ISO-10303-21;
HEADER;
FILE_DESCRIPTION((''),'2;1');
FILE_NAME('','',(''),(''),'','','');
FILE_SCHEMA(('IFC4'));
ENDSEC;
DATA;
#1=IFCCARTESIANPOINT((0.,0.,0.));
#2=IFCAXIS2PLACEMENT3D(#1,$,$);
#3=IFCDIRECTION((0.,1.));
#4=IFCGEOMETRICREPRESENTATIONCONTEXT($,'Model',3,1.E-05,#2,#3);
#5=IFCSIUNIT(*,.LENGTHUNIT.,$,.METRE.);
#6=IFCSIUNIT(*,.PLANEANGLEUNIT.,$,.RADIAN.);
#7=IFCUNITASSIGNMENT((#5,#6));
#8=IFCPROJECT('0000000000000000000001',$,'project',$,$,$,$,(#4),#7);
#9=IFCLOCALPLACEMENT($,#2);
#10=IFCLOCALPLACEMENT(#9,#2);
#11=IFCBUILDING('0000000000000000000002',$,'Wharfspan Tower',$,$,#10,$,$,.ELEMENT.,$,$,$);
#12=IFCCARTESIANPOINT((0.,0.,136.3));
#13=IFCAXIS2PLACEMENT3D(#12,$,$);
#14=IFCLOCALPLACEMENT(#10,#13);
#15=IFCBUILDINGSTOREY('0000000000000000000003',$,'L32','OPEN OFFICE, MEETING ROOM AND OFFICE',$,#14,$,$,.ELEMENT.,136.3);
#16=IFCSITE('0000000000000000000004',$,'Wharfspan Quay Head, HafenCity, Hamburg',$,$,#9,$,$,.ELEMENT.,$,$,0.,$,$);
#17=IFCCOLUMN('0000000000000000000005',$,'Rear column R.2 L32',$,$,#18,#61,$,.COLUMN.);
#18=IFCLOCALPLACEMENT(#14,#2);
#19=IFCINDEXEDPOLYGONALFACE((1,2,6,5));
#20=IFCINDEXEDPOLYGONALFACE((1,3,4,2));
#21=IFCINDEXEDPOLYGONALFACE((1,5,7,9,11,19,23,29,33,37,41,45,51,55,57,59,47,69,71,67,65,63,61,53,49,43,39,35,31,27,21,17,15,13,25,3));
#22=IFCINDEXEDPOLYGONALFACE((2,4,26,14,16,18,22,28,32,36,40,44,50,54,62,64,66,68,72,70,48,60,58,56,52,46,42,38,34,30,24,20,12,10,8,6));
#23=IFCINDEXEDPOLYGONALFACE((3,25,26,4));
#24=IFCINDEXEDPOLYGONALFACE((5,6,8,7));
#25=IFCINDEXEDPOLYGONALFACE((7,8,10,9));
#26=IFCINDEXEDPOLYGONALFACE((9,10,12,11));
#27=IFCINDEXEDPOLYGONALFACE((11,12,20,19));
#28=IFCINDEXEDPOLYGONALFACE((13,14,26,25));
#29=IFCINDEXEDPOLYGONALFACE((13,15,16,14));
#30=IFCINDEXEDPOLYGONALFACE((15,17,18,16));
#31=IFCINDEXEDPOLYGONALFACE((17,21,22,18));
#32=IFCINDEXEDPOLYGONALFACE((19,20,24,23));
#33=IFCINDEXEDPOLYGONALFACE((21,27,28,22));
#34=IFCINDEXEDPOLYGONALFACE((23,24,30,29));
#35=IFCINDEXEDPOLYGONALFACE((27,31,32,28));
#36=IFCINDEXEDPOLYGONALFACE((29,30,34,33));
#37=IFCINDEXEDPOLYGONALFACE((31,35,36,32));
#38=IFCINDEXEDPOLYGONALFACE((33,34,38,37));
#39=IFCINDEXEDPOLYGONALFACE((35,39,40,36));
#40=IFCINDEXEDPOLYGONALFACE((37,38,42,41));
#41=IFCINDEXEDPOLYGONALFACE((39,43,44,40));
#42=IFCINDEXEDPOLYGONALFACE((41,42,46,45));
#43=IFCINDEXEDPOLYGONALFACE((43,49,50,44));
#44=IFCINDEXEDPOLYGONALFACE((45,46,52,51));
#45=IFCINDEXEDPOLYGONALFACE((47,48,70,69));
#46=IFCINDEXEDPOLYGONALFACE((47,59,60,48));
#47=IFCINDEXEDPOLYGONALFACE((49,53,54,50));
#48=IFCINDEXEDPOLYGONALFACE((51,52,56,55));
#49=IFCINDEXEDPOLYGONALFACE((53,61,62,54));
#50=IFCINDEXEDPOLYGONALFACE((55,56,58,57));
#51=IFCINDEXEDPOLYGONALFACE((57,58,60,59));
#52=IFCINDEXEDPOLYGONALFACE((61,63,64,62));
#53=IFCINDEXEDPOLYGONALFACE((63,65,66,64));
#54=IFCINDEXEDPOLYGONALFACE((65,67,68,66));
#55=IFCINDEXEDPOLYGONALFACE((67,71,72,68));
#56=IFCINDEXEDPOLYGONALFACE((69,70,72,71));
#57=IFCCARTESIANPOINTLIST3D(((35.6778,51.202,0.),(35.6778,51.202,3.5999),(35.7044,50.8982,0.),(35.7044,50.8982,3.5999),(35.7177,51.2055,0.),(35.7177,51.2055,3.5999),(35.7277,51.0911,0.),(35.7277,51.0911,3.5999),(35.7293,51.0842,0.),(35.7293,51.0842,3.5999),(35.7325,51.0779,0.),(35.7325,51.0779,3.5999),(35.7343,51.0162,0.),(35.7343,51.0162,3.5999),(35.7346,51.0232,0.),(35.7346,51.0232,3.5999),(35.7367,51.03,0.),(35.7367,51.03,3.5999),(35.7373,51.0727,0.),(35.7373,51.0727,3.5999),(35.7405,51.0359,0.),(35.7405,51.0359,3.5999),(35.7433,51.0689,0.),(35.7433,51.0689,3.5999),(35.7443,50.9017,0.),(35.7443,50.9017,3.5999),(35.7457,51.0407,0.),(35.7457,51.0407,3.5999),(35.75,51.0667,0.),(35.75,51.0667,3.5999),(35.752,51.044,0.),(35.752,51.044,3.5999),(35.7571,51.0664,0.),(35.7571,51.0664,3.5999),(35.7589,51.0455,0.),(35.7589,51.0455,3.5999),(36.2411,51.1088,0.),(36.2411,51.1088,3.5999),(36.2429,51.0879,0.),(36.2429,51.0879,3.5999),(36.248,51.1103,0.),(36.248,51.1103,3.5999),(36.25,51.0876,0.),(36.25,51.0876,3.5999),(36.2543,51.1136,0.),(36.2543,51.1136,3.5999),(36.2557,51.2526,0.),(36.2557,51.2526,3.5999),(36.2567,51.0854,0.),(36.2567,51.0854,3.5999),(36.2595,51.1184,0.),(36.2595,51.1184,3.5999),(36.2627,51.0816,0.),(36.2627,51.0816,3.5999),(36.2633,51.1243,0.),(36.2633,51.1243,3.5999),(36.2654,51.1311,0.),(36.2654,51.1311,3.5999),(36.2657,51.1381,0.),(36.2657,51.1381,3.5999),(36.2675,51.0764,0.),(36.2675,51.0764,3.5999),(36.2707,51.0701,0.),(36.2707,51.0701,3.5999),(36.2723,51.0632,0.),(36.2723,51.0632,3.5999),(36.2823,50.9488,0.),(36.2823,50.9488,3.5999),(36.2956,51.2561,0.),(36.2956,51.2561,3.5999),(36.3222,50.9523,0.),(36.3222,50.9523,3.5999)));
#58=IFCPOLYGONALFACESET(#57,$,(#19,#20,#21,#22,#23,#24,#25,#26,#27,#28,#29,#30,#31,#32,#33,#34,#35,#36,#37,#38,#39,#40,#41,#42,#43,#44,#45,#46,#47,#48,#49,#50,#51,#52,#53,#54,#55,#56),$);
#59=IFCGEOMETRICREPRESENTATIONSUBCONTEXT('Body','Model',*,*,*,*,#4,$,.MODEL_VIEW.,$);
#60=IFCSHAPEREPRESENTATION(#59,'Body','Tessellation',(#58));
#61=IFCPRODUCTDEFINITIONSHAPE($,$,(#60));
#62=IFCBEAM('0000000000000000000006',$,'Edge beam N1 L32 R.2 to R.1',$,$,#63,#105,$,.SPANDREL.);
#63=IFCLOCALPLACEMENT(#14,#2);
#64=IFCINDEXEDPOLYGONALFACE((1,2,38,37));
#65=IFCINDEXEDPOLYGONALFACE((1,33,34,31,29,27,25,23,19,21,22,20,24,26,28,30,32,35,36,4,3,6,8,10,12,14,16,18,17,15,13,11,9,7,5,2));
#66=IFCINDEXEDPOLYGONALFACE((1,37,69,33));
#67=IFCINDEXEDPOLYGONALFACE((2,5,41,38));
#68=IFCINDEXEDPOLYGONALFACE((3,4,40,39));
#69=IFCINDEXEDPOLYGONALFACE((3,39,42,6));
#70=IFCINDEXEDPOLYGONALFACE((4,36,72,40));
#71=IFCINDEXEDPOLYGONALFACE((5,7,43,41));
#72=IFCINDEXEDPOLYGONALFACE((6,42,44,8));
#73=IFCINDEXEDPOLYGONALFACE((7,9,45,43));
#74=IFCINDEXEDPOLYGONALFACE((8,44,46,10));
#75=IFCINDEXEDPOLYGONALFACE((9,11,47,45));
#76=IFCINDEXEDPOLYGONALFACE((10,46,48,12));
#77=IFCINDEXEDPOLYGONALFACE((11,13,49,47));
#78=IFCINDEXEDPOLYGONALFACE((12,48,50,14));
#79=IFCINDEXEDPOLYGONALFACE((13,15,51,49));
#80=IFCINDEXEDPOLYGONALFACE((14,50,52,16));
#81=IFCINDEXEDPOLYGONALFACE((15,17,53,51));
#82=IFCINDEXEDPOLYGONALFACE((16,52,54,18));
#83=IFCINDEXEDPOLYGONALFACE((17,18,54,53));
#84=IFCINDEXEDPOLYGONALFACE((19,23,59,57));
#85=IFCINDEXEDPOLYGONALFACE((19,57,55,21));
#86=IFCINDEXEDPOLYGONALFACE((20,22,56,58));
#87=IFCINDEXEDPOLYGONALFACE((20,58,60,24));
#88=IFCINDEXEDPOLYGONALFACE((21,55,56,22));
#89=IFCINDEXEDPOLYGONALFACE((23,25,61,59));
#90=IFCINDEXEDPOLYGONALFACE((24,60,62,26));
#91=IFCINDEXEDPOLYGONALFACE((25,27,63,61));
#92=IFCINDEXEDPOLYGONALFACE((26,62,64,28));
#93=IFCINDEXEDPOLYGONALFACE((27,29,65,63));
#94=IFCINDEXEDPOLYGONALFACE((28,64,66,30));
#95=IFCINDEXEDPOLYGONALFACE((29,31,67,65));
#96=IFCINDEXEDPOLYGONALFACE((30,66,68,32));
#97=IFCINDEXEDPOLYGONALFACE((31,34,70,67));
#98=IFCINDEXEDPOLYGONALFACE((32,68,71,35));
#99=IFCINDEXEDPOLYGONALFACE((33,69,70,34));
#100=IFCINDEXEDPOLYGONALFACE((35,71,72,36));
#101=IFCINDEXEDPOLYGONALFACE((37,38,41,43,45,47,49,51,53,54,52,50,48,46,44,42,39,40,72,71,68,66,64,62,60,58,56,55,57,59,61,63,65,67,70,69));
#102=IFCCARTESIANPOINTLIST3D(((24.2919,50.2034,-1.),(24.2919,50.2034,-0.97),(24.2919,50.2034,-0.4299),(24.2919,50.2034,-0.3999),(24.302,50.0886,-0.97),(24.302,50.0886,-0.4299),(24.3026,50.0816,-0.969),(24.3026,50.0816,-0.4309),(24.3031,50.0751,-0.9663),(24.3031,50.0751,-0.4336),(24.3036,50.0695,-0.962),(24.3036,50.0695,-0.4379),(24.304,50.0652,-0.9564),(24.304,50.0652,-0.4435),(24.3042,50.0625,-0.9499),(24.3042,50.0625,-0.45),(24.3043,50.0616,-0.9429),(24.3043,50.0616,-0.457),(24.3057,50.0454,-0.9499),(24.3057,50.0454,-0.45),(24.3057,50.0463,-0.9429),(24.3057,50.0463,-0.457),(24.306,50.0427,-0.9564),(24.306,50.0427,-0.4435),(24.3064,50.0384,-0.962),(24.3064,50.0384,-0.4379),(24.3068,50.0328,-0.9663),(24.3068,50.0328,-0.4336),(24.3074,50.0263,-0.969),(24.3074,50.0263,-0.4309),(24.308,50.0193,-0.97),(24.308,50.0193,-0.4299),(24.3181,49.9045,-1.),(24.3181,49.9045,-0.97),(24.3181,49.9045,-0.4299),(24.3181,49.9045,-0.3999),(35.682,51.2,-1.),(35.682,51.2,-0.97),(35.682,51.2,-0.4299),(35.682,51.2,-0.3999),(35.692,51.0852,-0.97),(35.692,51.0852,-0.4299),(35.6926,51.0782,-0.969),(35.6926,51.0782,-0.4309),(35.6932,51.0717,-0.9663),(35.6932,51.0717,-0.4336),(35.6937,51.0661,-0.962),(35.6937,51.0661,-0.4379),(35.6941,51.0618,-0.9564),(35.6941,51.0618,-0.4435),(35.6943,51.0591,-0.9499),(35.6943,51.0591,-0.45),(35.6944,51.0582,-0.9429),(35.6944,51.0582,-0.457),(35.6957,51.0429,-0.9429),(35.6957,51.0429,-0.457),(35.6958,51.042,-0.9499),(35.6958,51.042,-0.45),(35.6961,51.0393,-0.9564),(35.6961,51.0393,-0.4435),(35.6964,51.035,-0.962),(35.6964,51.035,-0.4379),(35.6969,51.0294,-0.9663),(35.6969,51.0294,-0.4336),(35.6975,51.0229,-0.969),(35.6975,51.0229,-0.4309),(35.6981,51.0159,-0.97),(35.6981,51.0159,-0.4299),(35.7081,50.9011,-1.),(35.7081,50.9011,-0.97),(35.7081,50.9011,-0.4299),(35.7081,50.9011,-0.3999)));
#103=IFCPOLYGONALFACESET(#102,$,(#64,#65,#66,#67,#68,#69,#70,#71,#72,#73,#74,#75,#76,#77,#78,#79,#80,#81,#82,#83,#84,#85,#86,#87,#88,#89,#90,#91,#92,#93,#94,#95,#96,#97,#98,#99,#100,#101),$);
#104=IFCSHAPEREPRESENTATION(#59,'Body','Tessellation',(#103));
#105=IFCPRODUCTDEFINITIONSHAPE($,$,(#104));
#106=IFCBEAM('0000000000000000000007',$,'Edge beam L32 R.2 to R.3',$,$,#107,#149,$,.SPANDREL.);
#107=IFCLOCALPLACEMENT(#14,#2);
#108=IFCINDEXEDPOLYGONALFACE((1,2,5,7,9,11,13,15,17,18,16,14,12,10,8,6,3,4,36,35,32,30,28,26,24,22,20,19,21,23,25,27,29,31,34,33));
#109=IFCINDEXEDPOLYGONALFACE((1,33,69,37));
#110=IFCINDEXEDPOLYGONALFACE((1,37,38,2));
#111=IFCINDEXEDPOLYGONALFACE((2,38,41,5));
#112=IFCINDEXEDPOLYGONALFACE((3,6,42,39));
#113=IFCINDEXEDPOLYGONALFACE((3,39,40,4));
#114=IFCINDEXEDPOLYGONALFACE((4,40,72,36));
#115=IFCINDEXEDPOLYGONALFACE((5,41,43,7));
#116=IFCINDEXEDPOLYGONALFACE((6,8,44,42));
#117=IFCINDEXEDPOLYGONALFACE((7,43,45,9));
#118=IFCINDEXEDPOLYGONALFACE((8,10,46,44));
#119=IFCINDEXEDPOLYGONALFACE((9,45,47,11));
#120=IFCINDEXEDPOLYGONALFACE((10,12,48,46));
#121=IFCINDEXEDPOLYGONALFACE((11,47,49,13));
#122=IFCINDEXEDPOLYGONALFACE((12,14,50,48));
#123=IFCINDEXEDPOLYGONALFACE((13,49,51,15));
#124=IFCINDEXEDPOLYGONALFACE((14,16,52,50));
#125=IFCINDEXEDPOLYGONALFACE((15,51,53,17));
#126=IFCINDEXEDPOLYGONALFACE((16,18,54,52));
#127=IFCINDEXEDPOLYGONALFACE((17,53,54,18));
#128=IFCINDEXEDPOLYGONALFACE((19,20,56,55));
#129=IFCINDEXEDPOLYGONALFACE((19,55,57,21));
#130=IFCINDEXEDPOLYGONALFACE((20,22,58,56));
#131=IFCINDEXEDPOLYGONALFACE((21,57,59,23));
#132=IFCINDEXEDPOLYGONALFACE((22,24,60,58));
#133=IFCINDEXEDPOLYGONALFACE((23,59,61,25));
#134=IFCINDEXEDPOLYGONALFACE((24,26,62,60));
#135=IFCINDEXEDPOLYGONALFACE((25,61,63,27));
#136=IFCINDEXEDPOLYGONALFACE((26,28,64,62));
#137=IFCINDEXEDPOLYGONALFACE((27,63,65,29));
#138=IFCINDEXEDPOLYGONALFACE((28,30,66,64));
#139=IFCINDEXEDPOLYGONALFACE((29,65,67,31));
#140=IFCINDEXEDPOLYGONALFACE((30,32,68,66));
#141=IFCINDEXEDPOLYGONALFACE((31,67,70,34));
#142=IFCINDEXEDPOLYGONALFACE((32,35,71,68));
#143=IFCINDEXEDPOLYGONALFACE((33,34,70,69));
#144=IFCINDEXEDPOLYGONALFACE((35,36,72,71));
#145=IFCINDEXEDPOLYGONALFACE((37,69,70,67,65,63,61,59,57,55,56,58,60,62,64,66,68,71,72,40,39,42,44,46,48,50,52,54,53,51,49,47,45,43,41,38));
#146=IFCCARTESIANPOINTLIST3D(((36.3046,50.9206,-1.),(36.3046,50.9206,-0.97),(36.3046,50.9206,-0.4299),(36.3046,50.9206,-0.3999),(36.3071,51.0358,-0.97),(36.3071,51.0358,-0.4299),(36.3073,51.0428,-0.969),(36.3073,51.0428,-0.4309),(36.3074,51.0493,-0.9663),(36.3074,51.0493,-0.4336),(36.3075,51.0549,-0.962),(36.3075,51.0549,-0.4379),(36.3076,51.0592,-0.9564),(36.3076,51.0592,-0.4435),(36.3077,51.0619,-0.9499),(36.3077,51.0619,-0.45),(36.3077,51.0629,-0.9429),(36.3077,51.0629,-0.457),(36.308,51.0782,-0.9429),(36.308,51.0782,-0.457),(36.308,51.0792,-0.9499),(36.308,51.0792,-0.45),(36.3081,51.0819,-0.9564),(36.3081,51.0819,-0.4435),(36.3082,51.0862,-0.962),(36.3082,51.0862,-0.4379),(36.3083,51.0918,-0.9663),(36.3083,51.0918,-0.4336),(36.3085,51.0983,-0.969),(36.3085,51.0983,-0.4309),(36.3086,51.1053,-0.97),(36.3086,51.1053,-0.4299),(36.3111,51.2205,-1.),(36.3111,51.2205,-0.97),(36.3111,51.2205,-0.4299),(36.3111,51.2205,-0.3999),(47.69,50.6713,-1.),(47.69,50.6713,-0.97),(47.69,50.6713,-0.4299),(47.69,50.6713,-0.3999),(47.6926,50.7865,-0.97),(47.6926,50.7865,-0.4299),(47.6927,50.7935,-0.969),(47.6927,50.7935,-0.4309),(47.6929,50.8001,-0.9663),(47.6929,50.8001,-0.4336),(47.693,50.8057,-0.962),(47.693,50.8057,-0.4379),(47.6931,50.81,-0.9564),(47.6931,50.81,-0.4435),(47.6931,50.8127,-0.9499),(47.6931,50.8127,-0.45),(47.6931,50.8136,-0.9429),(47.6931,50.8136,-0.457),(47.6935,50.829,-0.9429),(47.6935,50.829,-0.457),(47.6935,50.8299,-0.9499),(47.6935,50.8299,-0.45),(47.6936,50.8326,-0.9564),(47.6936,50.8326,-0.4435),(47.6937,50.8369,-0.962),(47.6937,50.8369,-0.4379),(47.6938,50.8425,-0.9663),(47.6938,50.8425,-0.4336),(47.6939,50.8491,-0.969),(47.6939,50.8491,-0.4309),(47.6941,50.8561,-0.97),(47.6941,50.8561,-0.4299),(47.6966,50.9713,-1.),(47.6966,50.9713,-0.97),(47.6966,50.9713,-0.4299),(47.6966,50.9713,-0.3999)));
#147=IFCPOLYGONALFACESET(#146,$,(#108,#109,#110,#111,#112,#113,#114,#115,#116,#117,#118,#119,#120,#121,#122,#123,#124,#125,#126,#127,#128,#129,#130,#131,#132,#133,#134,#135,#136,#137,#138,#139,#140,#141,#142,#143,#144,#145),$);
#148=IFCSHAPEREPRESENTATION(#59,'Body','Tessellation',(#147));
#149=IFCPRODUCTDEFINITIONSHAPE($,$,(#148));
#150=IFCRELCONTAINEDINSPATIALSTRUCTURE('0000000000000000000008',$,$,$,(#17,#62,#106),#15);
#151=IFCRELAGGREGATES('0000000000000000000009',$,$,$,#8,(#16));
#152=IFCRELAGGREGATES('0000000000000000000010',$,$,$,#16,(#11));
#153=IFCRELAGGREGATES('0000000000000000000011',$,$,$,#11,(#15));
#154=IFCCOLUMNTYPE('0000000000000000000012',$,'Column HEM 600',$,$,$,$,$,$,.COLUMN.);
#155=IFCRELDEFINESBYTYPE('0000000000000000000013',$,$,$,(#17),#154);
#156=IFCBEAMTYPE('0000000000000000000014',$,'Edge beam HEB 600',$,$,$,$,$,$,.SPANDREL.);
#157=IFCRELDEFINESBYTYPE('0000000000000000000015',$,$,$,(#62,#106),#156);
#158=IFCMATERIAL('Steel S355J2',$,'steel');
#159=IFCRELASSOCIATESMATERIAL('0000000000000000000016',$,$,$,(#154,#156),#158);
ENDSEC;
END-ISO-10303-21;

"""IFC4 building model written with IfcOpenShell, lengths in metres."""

from ifc_helpers import new_model, si_unit, direction, frame, origin, origin_2d, place, context, subcontext, project, spatial, i_section, extrude, material, material_profile, profile_set, type_object, element, save


model = new_model("IFC4")

# Units and contexts
model_context = context("Model", 3, precision=1e-05, world=origin(), true_north=direction((0.0, 1.0)))
body_context = subcontext(model_context, "Body", "Model", "MODEL_VIEW")
ifc_project = project(units=[si_unit("LENGTHUNIT", "METRE"), si_unit("PLANEANGLEUNIT", "RADIAN")], contexts=[model_context])

# Site, building, storey
site_placement = place(None, origin())
site = spatial("IfcSite", under=ifc_project, at=site_placement, Name="Wharfspan Quay Head, HafenCity, Hamburg", CompositionType="ELEMENT", RefElevation=0.0)
building_placement = place(site_placement, origin())
building = spatial("IfcBuilding", under=site, at=building_placement, Name="Wharfspan Tower", CompositionType="ELEMENT")
storey_placement = place(building_placement, frame((0.0, 0.0, 136.3)))
storey = spatial("IfcBuildingStorey", under=building, at=storey_placement, Name="L32", Description="OPEN OFFICE, MEETING ROOM AND OFFICE", CompositionType="ELEMENT", Elevation=136.3)

# Column
ifc_material_1 = material(Name="Steel S355J2", Category="steel")
ifc_material_profile_1 = material_profile(ifc_material_1, i_section(OverallWidth=0.3049, OverallDepth=0.6201, WebThickness=0.021, FlangeThickness=0.04, FilletRadius=0.0271, at=origin_2d()))
ifc_profile_set_1 = profile_set([ifc_material_profile_1], Name="Steel S355J2")
column_type = type_object("IfcColumnType", Name="Column HEM 600", PredefinedType="COLUMN", material=ifc_profile_set_1)
column_placement = place(storey_placement, frame((36.0, 51.0771, 0.0), z_axis=(0.0, 0.0, 1.0), x_axis=(-0.087156, 0.996198, 0.0)))
element("IfcColumn", 1, at=column_placement, inside=storey, type_object=column_type, Name="Rear column R.2 L32", PredefinedType="COLUMN", context=body_context, shape_type="SweptSolid", body=[
    extrude(i_section(OverallWidth=0.3049, OverallDepth=0.6201, WebThickness=0.021, FlangeThickness=0.04, FilletRadius=0.0271, at=origin_2d()), origin(), (0.0, 0.0, 1.0), 3.5999),
])

# Beams
ifc_material_profile_2 = material_profile(ifc_material_1, i_section(OverallWidth=0.3, OverallDepth=0.6001, WebThickness=0.0154, FlangeThickness=0.03, FilletRadius=0.0271, at=origin_2d()))
ifc_profile_set_2 = profile_set([ifc_material_profile_2], Name="Steel S355J2")
beam_type = type_object("IfcBeamType", Name="Edge beam HEB 600", PredefinedType="SPANDREL", material=ifc_profile_set_2)
beam_1_placement = place(storey_placement, frame((35.6951, 51.0505, -0.7), z_axis=(-0.996194, -0.087162, 0.0), x_axis=(0.087162, -0.996194, 0.0)))
element("IfcBeam", 2, at=beam_1_placement, inside=storey, type_object=beam_type, Name="Edge beam N1 L32 R.2 to R.1", PredefinedType="SPANDREL", context=body_context, shape_type="SweptSolid", body=[
    extrude(i_section(OverallWidth=0.3, OverallDepth=0.6001, WebThickness=0.0154, FlangeThickness=0.03, FilletRadius=0.0271, at=origin_2d()), origin(), (0.0, 0.0, 1.0), 11.4336),
])
beam_2_placement = place(storey_placement, frame((36.3079, 51.0706, -0.7), z_axis=(0.99976, -0.021888, 0.0), x_axis=(0.021888, 0.99976, 0.0)))
element("IfcBeam", 3, at=beam_2_placement, inside=storey, type_object=beam_type, Name="Edge beam L32 R.2 to R.3", PredefinedType="SPANDREL", context=body_context, shape_type="SweptSolid", body=[
    extrude(i_section(OverallWidth=0.3, OverallDepth=0.6001, WebThickness=0.0154, FlangeThickness=0.03, FilletRadius=0.0271, at=origin_2d()), origin(), (0.0, 0.0, 1.0), 11.3882),
])

save(model, "model.ifc")
